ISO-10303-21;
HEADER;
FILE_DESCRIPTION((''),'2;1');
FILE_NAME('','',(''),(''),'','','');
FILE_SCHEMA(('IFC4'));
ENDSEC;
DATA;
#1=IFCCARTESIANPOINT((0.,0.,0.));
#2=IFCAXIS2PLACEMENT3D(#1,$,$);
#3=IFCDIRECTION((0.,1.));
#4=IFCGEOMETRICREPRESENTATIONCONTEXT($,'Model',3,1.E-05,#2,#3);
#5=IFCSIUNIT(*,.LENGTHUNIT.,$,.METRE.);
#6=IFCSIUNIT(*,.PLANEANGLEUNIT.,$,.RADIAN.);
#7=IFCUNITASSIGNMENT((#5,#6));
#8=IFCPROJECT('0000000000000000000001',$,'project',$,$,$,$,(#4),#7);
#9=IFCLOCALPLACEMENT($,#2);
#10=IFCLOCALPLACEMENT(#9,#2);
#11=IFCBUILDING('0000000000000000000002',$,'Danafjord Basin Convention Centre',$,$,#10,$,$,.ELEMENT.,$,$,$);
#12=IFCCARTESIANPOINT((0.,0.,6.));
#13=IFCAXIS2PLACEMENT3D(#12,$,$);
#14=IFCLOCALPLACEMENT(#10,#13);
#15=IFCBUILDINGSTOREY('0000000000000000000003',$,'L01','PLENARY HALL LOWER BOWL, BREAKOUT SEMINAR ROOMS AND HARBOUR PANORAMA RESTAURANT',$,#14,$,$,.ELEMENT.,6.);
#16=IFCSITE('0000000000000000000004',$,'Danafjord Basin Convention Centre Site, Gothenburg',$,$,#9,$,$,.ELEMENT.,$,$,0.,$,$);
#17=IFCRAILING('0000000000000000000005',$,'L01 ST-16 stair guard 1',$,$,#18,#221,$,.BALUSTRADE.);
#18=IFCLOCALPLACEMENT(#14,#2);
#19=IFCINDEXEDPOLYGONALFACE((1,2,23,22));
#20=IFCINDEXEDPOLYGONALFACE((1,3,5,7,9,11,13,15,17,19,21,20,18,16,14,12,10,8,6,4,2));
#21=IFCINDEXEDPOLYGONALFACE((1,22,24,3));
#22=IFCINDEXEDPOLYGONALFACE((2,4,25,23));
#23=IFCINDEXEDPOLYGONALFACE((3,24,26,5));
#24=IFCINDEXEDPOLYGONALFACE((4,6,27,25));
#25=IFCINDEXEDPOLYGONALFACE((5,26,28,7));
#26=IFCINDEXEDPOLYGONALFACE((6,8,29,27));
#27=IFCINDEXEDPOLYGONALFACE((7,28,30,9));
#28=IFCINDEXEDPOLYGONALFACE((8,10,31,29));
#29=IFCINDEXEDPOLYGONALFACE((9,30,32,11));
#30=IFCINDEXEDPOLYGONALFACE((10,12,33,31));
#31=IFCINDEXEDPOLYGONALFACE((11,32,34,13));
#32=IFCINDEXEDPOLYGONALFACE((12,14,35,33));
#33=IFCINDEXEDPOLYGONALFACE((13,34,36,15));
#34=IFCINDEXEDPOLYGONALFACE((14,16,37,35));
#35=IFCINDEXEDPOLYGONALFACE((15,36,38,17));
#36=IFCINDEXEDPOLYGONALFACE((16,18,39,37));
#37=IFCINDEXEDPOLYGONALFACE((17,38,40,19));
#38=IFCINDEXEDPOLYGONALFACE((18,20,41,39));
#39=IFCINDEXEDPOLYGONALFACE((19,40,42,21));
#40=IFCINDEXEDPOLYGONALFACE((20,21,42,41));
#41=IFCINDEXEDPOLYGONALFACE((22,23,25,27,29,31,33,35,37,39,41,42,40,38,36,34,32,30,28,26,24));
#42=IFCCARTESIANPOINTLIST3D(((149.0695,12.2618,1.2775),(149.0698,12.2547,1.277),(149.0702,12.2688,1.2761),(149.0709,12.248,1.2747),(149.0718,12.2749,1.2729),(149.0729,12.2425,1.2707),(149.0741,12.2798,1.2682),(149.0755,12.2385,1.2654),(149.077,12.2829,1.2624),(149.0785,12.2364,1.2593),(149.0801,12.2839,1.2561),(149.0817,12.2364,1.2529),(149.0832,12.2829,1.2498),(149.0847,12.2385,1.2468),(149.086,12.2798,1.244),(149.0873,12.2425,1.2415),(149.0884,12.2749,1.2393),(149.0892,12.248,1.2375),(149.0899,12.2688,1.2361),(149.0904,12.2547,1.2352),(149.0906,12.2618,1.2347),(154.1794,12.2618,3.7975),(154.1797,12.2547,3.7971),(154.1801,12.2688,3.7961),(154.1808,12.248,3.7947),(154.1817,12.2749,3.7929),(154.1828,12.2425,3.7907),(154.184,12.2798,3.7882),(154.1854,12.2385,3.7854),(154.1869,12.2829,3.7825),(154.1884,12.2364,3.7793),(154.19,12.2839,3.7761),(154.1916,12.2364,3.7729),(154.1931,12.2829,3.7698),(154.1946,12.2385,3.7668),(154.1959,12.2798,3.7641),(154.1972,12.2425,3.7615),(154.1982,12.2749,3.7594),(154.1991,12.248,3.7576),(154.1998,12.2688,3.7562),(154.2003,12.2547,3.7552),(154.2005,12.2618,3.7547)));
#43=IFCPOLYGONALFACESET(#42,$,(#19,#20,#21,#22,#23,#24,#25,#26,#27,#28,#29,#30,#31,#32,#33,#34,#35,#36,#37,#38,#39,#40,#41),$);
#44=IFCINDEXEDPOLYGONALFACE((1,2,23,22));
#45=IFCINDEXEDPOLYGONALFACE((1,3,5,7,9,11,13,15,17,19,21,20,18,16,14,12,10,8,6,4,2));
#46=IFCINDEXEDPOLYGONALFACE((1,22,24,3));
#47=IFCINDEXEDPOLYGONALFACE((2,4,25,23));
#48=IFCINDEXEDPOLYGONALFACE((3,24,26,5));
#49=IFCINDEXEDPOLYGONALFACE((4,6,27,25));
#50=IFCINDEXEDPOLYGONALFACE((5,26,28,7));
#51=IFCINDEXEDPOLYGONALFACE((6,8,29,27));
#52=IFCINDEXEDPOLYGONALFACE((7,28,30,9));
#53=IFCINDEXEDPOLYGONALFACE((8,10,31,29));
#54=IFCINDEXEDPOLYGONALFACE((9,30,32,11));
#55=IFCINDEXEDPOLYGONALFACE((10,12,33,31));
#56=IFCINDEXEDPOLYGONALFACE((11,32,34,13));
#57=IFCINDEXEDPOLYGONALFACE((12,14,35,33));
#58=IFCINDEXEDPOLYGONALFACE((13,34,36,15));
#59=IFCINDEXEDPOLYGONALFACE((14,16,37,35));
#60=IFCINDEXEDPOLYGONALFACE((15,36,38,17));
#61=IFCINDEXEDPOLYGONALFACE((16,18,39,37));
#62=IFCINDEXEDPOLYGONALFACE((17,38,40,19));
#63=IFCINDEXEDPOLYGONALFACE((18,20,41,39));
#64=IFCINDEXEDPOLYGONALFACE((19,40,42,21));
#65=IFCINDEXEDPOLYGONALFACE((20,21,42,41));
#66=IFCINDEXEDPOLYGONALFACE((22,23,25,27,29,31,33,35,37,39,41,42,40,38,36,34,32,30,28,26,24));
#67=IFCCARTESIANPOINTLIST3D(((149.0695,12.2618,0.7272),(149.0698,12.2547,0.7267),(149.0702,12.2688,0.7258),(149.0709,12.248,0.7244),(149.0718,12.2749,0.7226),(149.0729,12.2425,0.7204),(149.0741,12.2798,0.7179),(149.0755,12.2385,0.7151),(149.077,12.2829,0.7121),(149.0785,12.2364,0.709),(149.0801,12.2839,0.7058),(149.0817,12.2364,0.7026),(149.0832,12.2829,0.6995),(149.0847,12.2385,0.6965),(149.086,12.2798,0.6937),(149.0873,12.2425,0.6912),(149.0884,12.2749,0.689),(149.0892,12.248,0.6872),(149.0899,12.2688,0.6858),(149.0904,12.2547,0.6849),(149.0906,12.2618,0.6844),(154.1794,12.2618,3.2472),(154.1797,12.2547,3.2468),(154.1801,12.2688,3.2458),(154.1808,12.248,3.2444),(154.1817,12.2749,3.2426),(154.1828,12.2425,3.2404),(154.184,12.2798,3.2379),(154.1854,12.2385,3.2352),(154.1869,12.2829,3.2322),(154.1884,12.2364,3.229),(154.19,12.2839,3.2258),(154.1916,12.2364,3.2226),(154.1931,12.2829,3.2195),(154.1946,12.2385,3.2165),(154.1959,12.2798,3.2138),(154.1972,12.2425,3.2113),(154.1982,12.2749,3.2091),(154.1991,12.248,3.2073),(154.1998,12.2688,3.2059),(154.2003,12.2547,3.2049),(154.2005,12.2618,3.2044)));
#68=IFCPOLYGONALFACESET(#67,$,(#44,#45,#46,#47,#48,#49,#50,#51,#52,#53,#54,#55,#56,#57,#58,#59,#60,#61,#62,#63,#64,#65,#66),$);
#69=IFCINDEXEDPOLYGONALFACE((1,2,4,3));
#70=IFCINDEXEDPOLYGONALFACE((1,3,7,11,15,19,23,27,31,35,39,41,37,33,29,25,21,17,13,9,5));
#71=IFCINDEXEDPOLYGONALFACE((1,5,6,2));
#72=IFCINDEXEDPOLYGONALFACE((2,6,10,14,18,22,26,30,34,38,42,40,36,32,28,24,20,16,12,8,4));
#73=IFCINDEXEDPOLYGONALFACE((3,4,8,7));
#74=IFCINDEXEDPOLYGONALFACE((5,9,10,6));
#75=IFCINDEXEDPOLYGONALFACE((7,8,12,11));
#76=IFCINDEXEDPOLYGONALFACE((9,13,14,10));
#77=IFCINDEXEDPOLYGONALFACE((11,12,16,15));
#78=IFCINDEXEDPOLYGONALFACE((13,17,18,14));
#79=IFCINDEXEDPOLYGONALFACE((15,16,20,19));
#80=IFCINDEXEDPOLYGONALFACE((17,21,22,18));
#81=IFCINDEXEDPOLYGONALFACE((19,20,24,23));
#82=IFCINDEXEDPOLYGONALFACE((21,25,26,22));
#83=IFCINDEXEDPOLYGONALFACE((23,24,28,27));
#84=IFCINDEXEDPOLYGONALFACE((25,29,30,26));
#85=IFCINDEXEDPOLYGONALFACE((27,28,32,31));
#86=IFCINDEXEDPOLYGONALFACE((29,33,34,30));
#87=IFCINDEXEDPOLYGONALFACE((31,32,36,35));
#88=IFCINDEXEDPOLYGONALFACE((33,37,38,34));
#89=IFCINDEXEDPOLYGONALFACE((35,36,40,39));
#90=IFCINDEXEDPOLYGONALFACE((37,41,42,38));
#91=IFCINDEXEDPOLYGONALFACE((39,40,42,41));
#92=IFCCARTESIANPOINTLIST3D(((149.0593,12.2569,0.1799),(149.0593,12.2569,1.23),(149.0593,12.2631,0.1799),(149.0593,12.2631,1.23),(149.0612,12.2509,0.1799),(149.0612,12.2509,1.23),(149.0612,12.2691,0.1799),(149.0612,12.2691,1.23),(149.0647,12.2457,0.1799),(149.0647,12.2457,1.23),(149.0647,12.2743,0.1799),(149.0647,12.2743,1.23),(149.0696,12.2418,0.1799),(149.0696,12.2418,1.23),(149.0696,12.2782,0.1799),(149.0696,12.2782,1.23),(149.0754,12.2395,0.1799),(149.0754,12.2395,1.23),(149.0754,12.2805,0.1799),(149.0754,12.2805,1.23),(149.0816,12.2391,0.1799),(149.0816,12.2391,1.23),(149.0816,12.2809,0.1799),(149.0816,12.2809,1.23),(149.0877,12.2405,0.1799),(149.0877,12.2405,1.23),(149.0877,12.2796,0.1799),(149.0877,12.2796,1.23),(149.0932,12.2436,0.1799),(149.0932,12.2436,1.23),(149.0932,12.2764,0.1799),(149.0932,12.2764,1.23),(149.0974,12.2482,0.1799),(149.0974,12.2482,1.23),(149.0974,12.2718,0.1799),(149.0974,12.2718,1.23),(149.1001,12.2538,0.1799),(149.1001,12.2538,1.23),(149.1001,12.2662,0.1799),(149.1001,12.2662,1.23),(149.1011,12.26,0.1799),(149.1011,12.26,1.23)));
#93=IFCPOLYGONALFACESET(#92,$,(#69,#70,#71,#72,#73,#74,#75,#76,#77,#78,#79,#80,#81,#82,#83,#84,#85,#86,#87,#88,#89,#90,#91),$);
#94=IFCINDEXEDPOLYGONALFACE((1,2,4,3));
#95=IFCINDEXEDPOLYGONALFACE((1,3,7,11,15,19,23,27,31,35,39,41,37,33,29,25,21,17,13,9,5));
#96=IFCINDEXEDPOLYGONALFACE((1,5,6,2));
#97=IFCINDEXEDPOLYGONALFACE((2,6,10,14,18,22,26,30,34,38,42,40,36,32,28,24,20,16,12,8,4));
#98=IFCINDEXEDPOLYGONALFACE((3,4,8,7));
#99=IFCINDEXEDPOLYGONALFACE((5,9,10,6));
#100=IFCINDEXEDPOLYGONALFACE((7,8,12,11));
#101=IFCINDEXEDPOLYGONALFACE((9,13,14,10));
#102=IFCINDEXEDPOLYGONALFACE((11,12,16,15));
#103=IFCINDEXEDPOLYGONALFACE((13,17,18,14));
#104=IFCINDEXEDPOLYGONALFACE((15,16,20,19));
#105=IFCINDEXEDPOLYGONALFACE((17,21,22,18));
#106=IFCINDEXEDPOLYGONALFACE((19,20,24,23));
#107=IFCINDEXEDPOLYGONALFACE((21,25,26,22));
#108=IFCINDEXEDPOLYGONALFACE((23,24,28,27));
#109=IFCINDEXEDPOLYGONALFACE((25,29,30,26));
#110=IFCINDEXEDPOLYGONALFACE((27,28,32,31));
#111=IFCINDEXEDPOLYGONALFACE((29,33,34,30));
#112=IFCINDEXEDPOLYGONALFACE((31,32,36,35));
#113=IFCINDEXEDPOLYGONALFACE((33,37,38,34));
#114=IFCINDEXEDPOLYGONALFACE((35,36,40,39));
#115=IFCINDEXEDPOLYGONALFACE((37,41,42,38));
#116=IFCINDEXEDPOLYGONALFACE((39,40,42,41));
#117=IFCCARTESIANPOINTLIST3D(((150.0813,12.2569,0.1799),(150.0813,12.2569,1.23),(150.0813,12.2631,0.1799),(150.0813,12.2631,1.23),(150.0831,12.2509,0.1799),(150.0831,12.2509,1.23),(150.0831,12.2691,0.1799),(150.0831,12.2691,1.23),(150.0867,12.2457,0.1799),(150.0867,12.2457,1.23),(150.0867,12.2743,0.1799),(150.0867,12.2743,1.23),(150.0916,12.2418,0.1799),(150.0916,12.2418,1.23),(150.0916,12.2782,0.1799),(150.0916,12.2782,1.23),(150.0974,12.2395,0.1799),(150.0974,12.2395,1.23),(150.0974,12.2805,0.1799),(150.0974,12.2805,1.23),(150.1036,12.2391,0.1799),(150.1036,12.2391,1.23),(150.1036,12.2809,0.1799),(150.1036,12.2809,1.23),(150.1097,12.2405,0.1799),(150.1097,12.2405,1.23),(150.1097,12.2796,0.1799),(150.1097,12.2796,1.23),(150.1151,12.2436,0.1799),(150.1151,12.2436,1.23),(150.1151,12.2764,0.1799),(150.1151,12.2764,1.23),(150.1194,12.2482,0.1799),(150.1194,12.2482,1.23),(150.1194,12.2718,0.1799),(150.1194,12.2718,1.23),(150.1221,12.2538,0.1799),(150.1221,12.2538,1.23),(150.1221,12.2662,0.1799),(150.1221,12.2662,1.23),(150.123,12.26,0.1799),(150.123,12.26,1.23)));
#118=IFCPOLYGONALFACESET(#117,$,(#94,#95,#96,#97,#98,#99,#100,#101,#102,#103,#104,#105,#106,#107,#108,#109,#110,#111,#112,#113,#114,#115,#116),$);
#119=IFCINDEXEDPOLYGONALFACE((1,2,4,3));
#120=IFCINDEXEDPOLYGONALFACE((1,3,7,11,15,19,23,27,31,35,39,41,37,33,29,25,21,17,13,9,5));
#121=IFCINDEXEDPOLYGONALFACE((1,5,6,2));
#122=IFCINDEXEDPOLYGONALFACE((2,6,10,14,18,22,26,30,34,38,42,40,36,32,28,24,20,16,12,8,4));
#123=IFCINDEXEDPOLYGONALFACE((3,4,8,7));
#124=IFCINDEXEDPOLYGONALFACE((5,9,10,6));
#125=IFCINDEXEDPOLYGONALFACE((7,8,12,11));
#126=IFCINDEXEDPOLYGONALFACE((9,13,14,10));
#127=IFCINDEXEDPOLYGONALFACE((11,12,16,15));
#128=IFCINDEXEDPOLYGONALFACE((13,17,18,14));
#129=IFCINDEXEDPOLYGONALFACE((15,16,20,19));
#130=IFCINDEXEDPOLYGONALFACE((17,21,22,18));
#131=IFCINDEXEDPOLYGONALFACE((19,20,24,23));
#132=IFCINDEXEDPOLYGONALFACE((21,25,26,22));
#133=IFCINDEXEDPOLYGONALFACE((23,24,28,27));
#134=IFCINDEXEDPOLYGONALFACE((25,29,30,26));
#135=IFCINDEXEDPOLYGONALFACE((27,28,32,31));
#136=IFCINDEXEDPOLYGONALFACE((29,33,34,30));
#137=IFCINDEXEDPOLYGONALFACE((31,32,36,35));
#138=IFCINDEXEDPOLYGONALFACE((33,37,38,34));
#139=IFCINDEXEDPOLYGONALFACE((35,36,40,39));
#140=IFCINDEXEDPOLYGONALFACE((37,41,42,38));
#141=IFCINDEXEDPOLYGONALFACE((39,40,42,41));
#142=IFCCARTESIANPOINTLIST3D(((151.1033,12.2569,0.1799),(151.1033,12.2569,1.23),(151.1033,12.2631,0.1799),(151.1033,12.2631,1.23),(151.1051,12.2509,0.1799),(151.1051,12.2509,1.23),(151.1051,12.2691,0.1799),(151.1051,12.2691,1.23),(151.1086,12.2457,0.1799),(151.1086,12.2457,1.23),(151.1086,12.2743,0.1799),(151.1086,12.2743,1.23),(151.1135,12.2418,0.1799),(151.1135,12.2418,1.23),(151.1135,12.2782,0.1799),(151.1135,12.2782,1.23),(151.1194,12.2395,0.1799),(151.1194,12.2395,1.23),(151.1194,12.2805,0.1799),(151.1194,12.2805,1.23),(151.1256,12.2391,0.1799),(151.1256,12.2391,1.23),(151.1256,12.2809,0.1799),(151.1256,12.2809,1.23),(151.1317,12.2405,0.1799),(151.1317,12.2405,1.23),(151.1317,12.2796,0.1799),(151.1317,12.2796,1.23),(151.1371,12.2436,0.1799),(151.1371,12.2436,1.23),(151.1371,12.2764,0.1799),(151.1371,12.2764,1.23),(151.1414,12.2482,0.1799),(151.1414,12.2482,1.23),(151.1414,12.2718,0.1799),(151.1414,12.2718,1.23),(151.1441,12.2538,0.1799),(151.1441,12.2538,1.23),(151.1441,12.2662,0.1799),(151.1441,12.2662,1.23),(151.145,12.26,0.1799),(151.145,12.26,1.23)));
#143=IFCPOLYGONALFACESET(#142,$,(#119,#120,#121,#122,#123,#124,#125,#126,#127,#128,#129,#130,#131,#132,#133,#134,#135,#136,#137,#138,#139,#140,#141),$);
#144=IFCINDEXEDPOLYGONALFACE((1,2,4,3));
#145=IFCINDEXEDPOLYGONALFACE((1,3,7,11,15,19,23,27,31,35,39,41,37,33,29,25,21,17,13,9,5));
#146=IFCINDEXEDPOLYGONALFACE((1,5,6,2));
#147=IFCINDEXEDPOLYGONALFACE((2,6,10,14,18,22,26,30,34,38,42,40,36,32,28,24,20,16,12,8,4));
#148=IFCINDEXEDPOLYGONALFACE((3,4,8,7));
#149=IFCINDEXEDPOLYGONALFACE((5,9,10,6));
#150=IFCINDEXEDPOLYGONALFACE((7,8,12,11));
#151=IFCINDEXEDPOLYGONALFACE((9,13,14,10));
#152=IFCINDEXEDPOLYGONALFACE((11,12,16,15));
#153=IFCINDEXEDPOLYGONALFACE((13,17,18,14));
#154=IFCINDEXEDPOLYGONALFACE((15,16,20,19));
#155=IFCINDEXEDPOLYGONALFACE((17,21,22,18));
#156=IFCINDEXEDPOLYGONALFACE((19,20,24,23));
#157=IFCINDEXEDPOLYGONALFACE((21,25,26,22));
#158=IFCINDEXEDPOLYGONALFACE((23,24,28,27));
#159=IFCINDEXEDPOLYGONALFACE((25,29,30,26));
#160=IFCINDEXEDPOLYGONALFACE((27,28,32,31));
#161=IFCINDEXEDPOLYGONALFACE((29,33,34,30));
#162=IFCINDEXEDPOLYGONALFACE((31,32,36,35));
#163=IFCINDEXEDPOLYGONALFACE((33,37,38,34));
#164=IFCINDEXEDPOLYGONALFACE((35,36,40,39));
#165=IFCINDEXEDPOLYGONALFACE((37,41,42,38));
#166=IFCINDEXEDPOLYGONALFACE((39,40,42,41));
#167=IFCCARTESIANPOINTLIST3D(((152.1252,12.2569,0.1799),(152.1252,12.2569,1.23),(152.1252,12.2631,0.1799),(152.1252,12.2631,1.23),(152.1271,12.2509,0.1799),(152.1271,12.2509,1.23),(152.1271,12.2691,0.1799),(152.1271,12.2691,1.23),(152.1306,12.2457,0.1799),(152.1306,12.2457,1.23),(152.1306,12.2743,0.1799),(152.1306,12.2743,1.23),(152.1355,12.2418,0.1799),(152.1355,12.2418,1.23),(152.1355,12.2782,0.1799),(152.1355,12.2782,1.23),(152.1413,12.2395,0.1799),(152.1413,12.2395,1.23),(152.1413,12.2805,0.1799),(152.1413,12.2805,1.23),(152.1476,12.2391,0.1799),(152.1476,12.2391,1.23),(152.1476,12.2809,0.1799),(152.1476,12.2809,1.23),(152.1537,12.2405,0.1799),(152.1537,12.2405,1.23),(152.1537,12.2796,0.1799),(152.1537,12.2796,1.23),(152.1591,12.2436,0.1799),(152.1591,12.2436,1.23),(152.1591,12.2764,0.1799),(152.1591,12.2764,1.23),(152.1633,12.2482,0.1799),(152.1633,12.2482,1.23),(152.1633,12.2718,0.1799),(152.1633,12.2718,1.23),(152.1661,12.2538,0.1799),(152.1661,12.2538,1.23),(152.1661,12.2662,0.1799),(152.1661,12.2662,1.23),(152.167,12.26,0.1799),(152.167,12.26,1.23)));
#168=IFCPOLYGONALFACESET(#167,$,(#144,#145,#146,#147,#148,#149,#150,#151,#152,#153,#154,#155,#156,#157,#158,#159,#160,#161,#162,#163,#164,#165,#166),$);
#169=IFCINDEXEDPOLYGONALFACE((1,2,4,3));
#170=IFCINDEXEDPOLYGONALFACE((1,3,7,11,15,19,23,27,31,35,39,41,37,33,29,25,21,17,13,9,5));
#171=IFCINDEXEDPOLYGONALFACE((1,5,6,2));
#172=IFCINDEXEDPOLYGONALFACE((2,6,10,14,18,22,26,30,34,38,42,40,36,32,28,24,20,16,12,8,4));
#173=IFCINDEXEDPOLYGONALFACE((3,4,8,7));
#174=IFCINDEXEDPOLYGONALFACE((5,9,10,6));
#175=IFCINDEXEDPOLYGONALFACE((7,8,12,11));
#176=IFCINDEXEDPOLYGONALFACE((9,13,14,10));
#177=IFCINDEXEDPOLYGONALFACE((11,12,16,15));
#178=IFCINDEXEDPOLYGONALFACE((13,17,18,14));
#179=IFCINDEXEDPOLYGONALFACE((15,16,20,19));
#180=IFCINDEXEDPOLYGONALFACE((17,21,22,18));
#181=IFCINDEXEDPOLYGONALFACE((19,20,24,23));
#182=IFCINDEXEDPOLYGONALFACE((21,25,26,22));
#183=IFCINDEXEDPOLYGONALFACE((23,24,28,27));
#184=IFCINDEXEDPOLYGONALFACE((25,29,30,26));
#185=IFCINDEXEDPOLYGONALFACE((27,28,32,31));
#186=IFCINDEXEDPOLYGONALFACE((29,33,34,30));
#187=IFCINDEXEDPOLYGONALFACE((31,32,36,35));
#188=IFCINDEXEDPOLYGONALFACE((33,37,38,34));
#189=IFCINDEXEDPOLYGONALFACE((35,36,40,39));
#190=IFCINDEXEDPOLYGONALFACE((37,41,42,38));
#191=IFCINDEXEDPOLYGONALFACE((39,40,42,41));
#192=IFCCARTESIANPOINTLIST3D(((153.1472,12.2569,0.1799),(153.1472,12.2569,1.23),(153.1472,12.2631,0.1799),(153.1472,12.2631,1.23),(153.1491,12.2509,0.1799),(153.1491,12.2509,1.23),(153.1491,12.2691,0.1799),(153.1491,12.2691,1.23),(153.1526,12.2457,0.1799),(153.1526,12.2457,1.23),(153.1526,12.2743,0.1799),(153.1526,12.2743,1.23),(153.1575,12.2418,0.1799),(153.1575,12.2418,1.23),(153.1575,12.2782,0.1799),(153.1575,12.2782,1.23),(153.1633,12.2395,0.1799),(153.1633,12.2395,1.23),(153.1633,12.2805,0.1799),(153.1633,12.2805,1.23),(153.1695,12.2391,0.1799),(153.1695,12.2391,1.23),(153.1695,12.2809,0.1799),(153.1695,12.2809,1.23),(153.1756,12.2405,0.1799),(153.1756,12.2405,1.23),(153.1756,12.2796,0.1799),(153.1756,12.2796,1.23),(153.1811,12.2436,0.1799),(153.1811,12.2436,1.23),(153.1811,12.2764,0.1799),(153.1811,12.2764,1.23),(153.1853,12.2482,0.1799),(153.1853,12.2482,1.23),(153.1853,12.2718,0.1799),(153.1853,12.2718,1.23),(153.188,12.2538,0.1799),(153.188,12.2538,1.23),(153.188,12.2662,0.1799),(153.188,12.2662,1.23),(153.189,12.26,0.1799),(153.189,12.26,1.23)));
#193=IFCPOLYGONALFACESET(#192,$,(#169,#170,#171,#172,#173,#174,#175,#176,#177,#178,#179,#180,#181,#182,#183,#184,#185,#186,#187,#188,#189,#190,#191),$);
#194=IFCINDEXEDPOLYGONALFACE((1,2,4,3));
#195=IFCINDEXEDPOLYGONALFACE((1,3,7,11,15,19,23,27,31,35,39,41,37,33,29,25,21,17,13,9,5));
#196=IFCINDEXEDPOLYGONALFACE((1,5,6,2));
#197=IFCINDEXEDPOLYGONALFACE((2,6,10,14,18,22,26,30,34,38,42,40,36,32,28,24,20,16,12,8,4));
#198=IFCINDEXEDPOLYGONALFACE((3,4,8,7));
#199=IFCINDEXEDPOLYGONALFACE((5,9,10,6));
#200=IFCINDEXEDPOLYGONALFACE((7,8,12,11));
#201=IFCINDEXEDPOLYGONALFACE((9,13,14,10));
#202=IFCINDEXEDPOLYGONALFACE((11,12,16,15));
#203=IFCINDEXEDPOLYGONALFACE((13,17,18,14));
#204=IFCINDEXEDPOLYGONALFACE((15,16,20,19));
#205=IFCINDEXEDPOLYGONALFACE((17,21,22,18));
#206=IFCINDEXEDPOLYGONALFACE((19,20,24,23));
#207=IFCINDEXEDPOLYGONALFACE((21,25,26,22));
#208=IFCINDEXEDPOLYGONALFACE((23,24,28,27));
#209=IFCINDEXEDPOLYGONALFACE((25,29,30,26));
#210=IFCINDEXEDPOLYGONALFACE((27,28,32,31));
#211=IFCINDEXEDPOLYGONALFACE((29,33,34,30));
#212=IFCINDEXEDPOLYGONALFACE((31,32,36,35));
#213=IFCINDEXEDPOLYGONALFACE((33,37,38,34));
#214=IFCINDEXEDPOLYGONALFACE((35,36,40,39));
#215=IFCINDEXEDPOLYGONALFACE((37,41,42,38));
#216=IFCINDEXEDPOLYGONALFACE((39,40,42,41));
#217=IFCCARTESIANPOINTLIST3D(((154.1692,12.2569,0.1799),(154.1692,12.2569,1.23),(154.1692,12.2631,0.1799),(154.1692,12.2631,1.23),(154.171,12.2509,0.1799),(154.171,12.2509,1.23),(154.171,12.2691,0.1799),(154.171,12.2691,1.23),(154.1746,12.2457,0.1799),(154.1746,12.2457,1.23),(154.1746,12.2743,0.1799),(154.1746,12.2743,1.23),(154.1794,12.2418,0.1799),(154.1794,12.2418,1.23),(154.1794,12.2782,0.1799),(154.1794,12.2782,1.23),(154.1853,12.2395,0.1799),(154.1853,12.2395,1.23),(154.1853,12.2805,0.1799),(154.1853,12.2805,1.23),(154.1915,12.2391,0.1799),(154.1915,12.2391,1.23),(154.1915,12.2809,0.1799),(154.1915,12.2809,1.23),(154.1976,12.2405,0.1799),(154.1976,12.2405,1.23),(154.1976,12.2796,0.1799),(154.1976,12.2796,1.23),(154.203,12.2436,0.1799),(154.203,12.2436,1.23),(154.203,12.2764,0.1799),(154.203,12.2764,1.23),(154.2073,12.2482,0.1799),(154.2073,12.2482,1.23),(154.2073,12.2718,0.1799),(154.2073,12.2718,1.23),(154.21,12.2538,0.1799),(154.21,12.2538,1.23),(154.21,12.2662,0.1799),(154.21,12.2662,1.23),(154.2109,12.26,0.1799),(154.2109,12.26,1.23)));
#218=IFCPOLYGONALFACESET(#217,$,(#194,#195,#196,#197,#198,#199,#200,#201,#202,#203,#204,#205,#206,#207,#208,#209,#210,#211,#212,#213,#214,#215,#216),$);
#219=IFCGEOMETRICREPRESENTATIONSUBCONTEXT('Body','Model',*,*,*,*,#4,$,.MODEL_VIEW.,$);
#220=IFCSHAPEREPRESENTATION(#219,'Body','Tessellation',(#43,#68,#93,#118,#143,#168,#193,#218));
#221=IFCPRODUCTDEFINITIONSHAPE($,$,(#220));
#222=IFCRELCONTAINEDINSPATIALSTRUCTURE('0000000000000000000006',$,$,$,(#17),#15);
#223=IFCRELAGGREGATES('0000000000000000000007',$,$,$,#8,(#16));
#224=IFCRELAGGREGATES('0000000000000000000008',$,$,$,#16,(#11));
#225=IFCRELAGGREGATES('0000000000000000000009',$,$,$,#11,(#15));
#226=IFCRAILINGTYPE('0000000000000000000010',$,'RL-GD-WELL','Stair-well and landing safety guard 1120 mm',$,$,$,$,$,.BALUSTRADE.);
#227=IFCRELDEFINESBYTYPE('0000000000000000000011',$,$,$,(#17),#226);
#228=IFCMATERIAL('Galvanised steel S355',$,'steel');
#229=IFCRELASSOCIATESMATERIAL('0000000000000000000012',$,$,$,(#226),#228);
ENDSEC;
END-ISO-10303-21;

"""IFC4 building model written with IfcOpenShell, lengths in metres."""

from ifc_helpers import new_model, si_unit, direction, frame, origin, origin_2d, place, context, subcontext, project, spatial, circle, extrude, material, type_object, element, save


model = new_model("IFC4")

# Units and contexts
model_context = context("Model", 3, precision=1e-05, world=origin(), true_north=direction((0.0, 1.0)))
body_context = subcontext(model_context, "Body", "Model", "MODEL_VIEW")
ifc_project = project(units=[si_unit("LENGTHUNIT", "METRE"), si_unit("PLANEANGLEUNIT", "RADIAN")], contexts=[model_context])

# Site, building, storey
site_placement = place(None, origin())
site = spatial("IfcSite", under=ifc_project, at=site_placement, Name="Danafjord Basin Convention Centre Site, Gothenburg", CompositionType="ELEMENT", RefElevation=0.0)
building_placement = place(site_placement, origin())
building = spatial("IfcBuilding", under=site, at=building_placement, Name="Danafjord Basin Convention Centre", CompositionType="ELEMENT")
storey_placement = place(building_placement, frame((0.0, 0.0, 6.0)))
storey = spatial("IfcBuildingStorey", under=building, at=storey_placement, Name="L01", Description="PLENARY HALL LOWER BOWL, BREAKOUT SEMINAR ROOMS AND HARBOUR PANORAMA RESTAURANT", CompositionType="ELEMENT", Elevation=6.0)

# Railing
ifc_material_1 = material(Name="Galvanised steel S355", Category="steel")
railing_type_1 = type_object("IfcRailingType", Name="RL-GD-WELL", Description="Stair-well and landing safety guard 1120 mm", PredefinedType="BALUSTRADE", material=ifc_material_1)
railing_1_placement = place(storey_placement, frame((149.0801, 12.26, 0.1799)))
element("IfcRailing", 1, at=railing_1_placement, inside=storey, type_object=railing_type_1, Name="L01 ST-16 stair guard 1", PredefinedType="BALUSTRADE", context=body_context, shape_type="SweptSolid", body=[
    extrude(circle(Radius=0.0239, at=origin_2d()), frame((0.0, 0.0, 1.0762), z_axis=(0.896865, 0.0, 0.442305), x_axis=(0.0, 1.0, 0.0)), (0.0, 0.0, 1.0), 5.6975),
    extrude(circle(Radius=0.0239, at=origin_2d()), frame((0.0, 0.0, 0.5259), z_axis=(0.896865, 0.0, 0.442305), x_axis=(0.0, 1.0, 0.0)), (0.0, 0.0, 1.0), 5.6975),
    extrude(circle(Radius=0.021, at=origin_2d()), origin(), (0.0, 0.0, 1.0), 1.05),
    extrude(circle(Radius=0.021, at=origin_2d()), frame((1.022, 0.0, 0.0)), (0.0, 0.0, 1.0), 1.05),
    extrude(circle(Radius=0.021, at=origin_2d()), frame((2.0439, 0.0, 0.0)), (0.0, 0.0, 1.0), 1.05),
    extrude(circle(Radius=0.021, at=origin_2d()), frame((3.0659, 0.0, 0.0)), (0.0, 0.0, 1.0), 1.05),
    extrude(circle(Radius=0.021, at=origin_2d()), frame((4.0879, 0.0, 0.0)), (0.0, 0.0, 1.0), 1.05),
    extrude(circle(Radius=0.021, at=origin_2d()), frame((5.1099, 0.0, 0.0)), (0.0, 0.0, 1.0), 1.05),
])

save(model, "model.ifc")
